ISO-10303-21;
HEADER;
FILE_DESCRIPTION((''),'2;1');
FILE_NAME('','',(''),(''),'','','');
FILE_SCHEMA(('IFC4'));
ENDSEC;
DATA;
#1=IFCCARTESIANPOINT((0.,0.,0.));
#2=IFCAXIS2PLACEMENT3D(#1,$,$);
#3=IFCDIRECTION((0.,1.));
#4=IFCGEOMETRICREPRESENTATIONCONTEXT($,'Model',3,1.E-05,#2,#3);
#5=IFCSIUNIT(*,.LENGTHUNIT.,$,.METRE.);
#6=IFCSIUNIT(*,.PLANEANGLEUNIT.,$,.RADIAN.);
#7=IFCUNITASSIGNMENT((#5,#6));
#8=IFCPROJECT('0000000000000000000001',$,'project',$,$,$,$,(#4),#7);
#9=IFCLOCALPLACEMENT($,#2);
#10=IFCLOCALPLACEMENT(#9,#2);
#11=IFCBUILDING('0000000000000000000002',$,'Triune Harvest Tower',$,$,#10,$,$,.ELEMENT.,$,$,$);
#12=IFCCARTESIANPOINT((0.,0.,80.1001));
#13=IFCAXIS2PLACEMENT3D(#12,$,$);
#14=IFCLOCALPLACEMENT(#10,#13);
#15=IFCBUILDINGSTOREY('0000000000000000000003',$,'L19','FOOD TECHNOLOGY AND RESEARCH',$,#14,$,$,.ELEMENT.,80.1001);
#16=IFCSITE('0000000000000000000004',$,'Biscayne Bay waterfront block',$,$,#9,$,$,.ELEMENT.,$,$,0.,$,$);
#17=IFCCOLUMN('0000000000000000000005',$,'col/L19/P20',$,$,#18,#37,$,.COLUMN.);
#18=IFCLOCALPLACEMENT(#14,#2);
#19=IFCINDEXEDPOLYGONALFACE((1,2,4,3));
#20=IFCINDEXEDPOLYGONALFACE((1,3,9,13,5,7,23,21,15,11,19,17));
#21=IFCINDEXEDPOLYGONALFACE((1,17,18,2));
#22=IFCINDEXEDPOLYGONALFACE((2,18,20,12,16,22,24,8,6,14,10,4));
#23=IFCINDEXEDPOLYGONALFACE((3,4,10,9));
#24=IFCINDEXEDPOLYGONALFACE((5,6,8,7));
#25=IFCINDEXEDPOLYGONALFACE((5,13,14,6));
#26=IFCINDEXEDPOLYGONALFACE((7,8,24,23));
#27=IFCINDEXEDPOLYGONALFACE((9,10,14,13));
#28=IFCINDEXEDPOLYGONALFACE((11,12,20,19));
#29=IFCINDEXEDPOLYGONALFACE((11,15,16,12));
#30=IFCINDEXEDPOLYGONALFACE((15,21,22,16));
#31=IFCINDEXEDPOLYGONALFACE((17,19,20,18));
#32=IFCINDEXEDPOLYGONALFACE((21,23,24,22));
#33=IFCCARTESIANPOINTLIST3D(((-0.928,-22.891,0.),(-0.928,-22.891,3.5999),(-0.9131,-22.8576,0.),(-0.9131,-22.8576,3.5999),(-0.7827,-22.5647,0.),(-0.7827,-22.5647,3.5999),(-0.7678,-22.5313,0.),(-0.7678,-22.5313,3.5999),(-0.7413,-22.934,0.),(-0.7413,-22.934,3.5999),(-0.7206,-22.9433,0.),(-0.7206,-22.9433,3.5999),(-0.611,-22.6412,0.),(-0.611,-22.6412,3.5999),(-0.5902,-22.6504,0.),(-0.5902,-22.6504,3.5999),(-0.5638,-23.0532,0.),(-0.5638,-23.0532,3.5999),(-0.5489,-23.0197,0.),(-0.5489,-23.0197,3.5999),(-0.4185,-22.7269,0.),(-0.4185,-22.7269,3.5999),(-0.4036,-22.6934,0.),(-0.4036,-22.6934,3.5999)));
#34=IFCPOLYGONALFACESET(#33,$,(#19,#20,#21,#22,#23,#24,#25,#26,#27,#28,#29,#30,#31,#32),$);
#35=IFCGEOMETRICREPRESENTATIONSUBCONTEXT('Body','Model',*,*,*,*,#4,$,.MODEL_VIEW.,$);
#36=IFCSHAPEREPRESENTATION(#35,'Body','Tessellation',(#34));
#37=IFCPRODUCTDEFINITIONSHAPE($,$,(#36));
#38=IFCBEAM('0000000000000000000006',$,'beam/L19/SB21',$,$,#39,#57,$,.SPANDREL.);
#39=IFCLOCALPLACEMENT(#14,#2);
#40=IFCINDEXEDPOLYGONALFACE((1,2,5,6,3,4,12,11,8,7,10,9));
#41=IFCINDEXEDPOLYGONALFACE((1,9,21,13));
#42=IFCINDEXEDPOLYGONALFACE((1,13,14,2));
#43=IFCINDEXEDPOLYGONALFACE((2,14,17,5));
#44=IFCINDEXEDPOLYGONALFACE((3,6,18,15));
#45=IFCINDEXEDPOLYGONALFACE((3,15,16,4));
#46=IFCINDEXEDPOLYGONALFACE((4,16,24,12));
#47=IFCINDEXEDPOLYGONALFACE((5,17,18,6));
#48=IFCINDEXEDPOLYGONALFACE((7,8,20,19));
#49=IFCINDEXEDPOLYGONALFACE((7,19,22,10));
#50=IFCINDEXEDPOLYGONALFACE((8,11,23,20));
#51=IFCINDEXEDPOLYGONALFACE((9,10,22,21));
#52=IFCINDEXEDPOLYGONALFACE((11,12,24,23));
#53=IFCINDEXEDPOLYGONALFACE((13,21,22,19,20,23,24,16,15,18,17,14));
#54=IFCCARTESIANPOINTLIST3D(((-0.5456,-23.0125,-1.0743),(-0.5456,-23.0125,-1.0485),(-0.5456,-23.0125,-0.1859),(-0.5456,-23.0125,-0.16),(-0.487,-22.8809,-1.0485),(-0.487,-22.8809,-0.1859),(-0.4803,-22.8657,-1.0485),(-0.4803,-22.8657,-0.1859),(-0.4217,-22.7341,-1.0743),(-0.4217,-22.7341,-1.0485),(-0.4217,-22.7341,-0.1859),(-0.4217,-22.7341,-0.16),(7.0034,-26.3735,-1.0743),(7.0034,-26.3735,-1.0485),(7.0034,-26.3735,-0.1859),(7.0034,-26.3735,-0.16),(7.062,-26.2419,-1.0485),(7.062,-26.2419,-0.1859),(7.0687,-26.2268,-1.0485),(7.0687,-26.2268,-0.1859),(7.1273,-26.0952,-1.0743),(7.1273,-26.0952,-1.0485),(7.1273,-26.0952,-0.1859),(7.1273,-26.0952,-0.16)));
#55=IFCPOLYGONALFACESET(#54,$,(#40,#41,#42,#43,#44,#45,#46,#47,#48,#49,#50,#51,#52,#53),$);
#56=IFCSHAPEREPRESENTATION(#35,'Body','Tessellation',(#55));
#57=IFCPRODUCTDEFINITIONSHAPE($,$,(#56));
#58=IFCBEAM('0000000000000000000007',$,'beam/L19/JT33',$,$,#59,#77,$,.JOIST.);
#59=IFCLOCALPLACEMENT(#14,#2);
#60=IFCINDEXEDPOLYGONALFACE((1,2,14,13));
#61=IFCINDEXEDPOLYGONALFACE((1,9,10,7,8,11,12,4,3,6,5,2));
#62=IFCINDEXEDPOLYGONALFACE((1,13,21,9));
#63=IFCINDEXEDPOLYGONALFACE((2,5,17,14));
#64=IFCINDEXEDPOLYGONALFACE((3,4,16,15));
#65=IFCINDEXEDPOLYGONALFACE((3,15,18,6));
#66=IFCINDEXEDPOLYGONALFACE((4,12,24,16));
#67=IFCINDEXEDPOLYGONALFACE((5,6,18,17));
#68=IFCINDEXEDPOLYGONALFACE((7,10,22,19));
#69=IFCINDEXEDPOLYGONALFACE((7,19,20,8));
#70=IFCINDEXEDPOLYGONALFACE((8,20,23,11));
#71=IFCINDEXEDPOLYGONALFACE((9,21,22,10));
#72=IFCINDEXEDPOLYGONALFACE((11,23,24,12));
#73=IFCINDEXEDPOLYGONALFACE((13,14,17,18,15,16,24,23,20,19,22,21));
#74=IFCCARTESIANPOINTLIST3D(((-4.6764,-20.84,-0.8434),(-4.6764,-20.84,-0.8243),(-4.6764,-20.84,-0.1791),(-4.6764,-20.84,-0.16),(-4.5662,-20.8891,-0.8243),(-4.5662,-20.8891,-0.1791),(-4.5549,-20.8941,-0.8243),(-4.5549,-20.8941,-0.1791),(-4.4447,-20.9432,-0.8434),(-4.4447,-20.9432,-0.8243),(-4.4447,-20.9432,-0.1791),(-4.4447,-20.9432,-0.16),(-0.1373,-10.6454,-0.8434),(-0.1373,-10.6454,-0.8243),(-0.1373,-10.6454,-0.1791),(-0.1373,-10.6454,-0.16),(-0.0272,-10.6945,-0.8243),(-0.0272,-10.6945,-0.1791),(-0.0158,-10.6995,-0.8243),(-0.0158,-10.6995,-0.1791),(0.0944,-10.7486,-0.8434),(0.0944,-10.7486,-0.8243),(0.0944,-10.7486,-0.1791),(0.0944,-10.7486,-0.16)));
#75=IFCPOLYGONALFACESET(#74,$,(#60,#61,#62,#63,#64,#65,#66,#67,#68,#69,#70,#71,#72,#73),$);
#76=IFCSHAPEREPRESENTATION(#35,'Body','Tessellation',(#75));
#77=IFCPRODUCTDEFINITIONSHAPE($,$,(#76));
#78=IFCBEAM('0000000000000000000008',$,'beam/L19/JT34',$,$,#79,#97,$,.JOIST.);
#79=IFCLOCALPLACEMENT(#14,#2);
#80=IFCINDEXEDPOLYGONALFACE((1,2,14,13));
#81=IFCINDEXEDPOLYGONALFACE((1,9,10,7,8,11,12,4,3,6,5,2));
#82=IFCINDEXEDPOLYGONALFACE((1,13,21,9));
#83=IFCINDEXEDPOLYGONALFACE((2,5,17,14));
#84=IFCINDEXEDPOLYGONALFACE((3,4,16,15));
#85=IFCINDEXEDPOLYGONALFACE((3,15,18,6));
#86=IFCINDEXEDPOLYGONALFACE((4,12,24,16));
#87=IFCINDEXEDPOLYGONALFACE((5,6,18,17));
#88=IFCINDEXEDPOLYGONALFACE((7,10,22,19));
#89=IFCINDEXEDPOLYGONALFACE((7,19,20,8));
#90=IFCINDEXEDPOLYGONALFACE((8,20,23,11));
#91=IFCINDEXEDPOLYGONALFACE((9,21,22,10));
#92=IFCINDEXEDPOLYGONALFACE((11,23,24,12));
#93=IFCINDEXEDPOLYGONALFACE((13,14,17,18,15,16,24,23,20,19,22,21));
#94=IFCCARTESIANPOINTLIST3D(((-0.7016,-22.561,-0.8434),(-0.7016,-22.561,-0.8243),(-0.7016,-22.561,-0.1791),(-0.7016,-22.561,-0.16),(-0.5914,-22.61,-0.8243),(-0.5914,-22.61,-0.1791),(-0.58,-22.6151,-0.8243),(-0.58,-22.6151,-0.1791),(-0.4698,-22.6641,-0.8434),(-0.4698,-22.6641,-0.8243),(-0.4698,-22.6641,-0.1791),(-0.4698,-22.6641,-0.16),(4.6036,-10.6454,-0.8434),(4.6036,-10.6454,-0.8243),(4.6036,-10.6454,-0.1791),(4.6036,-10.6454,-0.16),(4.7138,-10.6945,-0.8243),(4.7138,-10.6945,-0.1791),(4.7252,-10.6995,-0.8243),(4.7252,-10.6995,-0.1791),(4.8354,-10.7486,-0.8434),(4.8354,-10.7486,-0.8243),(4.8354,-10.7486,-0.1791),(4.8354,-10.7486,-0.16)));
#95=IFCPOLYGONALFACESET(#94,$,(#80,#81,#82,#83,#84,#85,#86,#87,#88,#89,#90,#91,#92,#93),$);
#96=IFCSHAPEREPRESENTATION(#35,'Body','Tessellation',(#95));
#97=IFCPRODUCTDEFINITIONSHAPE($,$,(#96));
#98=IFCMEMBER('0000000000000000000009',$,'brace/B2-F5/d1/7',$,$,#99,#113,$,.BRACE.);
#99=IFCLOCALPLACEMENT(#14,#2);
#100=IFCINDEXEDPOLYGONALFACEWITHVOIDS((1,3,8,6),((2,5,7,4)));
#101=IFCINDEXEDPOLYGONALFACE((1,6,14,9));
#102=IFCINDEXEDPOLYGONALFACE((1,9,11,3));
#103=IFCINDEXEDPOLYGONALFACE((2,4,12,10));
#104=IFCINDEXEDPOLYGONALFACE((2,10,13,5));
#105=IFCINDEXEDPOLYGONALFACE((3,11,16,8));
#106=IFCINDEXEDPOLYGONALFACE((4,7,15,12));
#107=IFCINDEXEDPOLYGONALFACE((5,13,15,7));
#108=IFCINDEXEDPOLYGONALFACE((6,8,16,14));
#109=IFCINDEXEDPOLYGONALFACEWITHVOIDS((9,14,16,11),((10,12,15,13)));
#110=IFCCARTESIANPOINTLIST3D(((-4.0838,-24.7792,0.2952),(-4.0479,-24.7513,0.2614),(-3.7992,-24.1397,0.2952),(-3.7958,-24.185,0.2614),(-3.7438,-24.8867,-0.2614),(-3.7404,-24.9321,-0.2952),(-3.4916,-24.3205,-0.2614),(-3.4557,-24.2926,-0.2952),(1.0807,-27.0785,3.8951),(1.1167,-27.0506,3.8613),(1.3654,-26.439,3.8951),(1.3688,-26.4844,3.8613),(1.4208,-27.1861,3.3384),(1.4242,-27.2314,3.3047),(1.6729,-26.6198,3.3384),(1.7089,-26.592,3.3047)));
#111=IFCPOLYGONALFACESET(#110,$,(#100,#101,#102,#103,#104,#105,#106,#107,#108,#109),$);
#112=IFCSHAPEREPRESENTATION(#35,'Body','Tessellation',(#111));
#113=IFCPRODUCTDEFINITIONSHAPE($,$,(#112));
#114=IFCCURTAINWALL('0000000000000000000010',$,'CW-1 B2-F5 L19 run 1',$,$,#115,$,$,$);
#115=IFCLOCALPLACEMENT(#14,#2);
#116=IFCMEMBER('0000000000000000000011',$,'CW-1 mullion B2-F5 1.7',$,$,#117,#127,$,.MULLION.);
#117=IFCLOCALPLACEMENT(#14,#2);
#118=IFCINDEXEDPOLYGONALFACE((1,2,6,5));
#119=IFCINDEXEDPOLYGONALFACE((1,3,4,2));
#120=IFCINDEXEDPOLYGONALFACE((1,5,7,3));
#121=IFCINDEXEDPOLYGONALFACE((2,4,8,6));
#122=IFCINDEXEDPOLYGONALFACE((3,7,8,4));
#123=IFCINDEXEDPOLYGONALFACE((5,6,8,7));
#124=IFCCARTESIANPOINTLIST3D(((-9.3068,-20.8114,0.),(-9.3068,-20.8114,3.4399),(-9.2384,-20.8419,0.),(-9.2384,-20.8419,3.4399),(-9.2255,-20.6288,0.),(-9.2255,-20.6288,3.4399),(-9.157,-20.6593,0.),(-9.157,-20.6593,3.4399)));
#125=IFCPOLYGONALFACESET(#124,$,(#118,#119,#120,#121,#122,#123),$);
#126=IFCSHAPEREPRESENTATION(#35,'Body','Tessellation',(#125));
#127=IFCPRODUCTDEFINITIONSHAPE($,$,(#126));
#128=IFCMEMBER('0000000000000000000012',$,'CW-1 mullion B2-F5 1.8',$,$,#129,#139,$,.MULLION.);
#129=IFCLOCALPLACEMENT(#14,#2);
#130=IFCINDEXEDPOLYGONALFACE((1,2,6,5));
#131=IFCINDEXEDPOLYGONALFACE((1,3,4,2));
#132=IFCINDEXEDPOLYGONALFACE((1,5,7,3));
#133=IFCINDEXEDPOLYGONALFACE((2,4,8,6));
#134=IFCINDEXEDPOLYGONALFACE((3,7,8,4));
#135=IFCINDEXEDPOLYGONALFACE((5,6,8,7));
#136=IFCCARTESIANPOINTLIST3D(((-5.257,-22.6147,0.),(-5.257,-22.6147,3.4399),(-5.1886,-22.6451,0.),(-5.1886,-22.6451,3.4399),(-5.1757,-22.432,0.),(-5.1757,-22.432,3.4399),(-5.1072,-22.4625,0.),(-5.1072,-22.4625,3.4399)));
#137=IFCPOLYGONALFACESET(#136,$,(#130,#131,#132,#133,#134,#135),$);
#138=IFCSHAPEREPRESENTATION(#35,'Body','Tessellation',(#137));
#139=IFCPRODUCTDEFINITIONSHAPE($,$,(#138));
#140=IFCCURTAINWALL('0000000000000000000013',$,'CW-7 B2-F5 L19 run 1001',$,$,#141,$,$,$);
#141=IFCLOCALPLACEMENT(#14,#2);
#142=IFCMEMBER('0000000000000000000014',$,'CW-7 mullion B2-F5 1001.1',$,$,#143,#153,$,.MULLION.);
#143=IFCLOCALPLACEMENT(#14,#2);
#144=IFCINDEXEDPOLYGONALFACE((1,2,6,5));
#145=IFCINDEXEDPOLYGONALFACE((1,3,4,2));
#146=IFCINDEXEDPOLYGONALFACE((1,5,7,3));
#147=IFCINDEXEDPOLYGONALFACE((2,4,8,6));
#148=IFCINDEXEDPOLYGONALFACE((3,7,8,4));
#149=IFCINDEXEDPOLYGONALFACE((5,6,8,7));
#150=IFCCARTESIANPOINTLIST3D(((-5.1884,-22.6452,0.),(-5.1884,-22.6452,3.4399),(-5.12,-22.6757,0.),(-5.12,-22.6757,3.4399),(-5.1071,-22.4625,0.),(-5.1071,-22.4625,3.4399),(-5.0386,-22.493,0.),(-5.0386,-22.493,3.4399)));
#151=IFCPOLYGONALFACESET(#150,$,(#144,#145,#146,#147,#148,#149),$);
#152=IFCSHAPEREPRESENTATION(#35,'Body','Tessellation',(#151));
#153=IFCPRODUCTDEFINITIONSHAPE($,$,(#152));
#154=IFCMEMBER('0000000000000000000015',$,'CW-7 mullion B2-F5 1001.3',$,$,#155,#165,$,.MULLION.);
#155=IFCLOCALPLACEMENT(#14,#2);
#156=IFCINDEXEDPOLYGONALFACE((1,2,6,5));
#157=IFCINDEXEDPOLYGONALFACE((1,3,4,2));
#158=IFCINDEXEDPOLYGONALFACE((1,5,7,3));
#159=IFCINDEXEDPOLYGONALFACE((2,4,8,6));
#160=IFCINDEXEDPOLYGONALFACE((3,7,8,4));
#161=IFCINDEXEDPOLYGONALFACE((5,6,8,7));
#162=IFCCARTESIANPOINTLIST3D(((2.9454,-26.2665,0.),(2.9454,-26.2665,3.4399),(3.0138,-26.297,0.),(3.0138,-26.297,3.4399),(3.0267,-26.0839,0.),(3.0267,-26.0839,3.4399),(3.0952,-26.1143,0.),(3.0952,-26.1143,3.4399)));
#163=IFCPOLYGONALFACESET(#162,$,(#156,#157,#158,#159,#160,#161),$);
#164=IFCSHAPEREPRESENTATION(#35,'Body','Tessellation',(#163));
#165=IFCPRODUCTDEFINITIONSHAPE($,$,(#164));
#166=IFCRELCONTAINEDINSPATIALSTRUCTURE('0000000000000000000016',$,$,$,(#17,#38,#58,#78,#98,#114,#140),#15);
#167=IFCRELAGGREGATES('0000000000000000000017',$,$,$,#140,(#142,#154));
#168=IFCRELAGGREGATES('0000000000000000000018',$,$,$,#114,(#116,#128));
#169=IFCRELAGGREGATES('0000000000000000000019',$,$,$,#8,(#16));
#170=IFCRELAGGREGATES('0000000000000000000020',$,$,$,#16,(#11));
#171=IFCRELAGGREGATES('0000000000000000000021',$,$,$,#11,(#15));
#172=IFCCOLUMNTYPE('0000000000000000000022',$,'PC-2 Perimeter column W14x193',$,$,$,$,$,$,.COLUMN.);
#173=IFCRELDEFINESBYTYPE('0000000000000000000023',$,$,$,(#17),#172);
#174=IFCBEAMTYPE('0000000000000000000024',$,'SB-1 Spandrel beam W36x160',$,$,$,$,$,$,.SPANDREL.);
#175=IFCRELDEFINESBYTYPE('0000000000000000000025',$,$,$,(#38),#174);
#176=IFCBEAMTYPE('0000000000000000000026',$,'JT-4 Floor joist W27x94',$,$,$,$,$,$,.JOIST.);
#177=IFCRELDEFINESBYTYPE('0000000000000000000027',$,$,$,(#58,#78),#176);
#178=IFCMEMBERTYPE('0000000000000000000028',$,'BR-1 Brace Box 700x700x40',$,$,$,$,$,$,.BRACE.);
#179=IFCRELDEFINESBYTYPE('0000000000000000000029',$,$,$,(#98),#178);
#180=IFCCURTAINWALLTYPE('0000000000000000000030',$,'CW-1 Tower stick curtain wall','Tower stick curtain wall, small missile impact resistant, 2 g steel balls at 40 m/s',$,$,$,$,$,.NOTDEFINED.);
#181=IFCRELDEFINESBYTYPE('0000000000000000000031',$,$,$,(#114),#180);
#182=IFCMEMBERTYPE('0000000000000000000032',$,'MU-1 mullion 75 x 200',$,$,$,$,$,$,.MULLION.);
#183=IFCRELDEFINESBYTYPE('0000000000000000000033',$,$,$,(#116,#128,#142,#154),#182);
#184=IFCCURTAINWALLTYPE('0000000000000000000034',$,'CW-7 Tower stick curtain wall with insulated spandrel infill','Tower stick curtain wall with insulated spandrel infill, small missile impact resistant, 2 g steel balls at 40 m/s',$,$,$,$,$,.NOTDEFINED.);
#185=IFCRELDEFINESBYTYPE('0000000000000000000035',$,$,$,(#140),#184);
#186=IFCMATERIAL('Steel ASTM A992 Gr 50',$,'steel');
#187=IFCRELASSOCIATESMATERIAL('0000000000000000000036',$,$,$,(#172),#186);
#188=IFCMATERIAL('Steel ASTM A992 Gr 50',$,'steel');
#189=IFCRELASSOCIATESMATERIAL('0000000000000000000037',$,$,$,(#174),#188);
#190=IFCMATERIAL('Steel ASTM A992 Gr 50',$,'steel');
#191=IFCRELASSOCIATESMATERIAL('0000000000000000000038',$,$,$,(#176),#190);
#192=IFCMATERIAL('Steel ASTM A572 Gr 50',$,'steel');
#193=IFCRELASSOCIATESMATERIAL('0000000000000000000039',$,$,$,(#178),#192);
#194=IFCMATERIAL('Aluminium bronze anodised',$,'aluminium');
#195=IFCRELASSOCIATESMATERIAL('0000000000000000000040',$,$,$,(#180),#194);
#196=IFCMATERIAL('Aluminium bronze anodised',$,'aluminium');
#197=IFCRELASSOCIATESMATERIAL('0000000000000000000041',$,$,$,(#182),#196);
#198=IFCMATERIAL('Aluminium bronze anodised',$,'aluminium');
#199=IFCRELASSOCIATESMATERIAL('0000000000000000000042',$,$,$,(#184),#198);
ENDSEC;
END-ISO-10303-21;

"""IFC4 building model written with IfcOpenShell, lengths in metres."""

from ifc_helpers import new_model, si_unit, direction, frame, origin, origin_2d, place, context, subcontext, project, spatial, rectangle, hollow_rectangle, i_section, extrude, source, transform, mapped, material, material_profile, profile_set, type_object, element, aggregate, save


model = new_model("IFC4")

# Units and contexts
model_context = context("Model", 3, precision=1e-05, world=origin(), true_north=direction((0.0, 1.0)))
body_context = subcontext(model_context, "Body", "Model", "MODEL_VIEW")
ifc_project = project(units=[si_unit("LENGTHUNIT", "METRE"), si_unit("PLANEANGLEUNIT", "RADIAN")], contexts=[model_context])

# Site, building, storey
site_placement = place(None, origin())
site = spatial("IfcSite", under=ifc_project, at=site_placement, Name="Biscayne Bay waterfront block", CompositionType="ELEMENT", RefElevation=0.0)
building_placement = place(site_placement, origin())
building = spatial("IfcBuilding", under=site, at=building_placement, Name="Triune Harvest Tower", CompositionType="ELEMENT")
storey_placement = place(building_placement, frame((0.0, 0.0, 80.1001)))
storey = spatial("IfcBuildingStorey", under=building, at=storey_placement, Name="L19", Description="FOOD TECHNOLOGY AND RESEARCH", CompositionType="ELEMENT", Elevation=80.1001)

# Column
ifc_material_1 = material(Name="Steel ASTM A992 Gr 50", Category="steel")
ifc_material_profile_1 = material_profile(ifc_material_1, i_section(OverallWidth=0.3987, OverallDepth=0.3938, WebThickness=0.0227, FlangeThickness=0.0366, at=origin_2d()), Name="W14x193")
ifc_profile_set_1 = profile_set([ifc_material_profile_1], Name="Steel ASTM A992 Gr 50")
column_type = type_object("IfcColumnType", Name="PC-2 Perimeter column W14x193", PredefinedType="COLUMN", material=ifc_profile_set_1)
shared_shape_1 = source(origin(), body_context, "Body", "SweptSolid", [
    extrude(i_section(OverallWidth=0.3987, OverallDepth=0.3938, WebThickness=0.0227, FlangeThickness=0.0366, at=origin_2d()), origin(), (0.0, 0.0, 1.0), 3.5999),
])
column_placement = place(storey_placement, frame((-0.6658, -22.7922, 0.0), z_axis=(0.0, 0.0, 1.0), x_axis=(0.913545, -0.406737, 0.0)))
element("IfcColumn", 1, at=column_placement, inside=storey, type_object=column_type, Name="col/L19/P20", PredefinedType="COLUMN", context=body_context, shape_type="MappedRepresentation", body=[
    mapped(shared_shape_1, transform((0.0, 0.0, 0.0), scale=1.0)),
])

# Beams
ifc_material_2 = material(Name="Steel ASTM A992 Gr 50", Category="steel")
ifc_material_profile_2 = material_profile(ifc_material_2, i_section(OverallWidth=0.3047, OverallDepth=0.9143, WebThickness=0.0166, FlangeThickness=0.0259, at=origin_2d()), Name="W36x160")
ifc_profile_set_2 = profile_set([ifc_material_profile_2], Name="Steel ASTM A992 Gr 50")
beam_type_1 = type_object("IfcBeamType", Name="SB-1 Spandrel beam W36x160", PredefinedType="SPANDREL", material=ifc_profile_set_2)
shared_shape_2 = source(origin(), body_context, "Body", "SweptSolid", [
    extrude(i_section(OverallWidth=0.3047, OverallDepth=0.9143, WebThickness=0.0166, FlangeThickness=0.0259, at=origin_2d()), origin(), (0.0, 0.0, 1.0), 8.2634),
])
beam_1_placement = place(storey_placement, frame((-0.4836, -22.8733, -0.6172), z_axis=(0.913545, -0.406739, 0.0), x_axis=(0.406739, 0.913545, 0.0)))
element("IfcBeam", 2, at=beam_1_placement, inside=storey, type_object=beam_type_1, Name="beam/L19/SB21", PredefinedType="SPANDREL", context=body_context, shape_type="MappedRepresentation", body=[
    mapped(shared_shape_2, transform((0.0, 0.0, 0.0), scale=1.0)),
])
ifc_material_3 = material(Name="Steel ASTM A992 Gr 50", Category="steel")
ifc_material_profile_3 = material_profile(ifc_material_3, i_section(OverallWidth=0.2537, OverallDepth=0.6833, WebThickness=0.0125, FlangeThickness=0.019, at=origin_2d()), Name="W27x94")
ifc_profile_set_3 = profile_set([ifc_material_profile_3], Name="Steel ASTM A992 Gr 50")
beam_type_2 = type_object("IfcBeamType", Name="JT-4 Floor joist W27x94", PredefinedType="JOIST", material=ifc_profile_set_3)
shared_shape_3 = source(origin(), body_context, "Body", "SweptSolid", [
    extrude(i_section(OverallWidth=0.2537, OverallDepth=0.6833, WebThickness=0.0125, FlangeThickness=0.019, at=origin_2d()), origin(), (0.0, 0.0, 1.0), 11.1594),
])
beam_2_placement = place(storey_placement, frame((-4.5605, -20.8916, -0.5017), z_axis=(0.406747, 0.913541, 0.0), x_axis=(-0.913541, 0.406747, 0.0)))
element("IfcBeam", 3, at=beam_2_placement, inside=storey, type_object=beam_type_2, Name="beam/L19/JT33", PredefinedType="JOIST", context=body_context, shape_type="MappedRepresentation", body=[
    mapped(shared_shape_3, transform((0.0, 0.0, 0.0), scale=1.0)),
])
shared_shape_4 = source(origin(), body_context, "Body", "SweptSolid", [
    extrude(i_section(OverallWidth=0.2537, OverallDepth=0.6833, WebThickness=0.0125, FlangeThickness=0.019, at=origin_2d()), origin(), (0.0, 0.0, 1.0), 13.0432),
])
beam_3_placement = place(storey_placement, frame((-0.5857, -22.6125, -0.5017), z_axis=(0.406739, 0.913544, 0.0), x_axis=(-0.913544, 0.406739, 0.0)))
element("IfcBeam", 4, at=beam_3_placement, inside=storey, type_object=beam_type_2, Name="beam/L19/JT34", PredefinedType="JOIST", context=body_context, shape_type="MappedRepresentation", body=[
    mapped(shared_shape_4, transform((0.0, 0.0, 0.0), scale=1.0)),
])

# Member
ifc_material_4 = material(Name="Steel ASTM A572 Gr 50", Category="steel")
ifc_material_profile_4 = material_profile(ifc_material_4, hollow_rectangle(XDim=0.7, YDim=0.7, WallThickness=0.04, at=origin_2d()), Name="Box 700x700x40")
ifc_profile_set_4 = profile_set([ifc_material_profile_4], Name="Steel ASTM A572 Gr 50")
member_type_1 = type_object("IfcMemberType", Name="BR-1 Brace Box 700x700x40", PredefinedType="BRACE", material=ifc_profile_set_4)
shared_shape_5 = source(origin(), body_context, "Body", "SweptSolid", [
    extrude(hollow_rectangle(XDim=0.7, YDim=0.7, WallThickness=0.04, at=origin_2d()), origin(), (0.0, 0.0, 1.0), 6.7021),
])
member_1_placement = place(storey_placement, frame((-3.7698, -24.5359, 0.0), z_axis=(0.770585, -0.343073, 0.537122), x_axis=(0.406723, 0.913551, 0.0)))
element("IfcMember", 5, at=member_1_placement, inside=storey, type_object=member_type_1, Name="brace/B2-F5/d1/7", PredefinedType="BRACE", context=body_context, shape_type="MappedRepresentation", body=[
    mapped(shared_shape_5, transform((0.0, 0.0, 0.0), scale=1.0)),
])

# Curtain walls, members
ifc_material_5 = material(Name="Aluminium bronze anodised", Category="aluminium")
curtain_wall_type_1 = type_object("IfcCurtainWallType", Name="CW-1 Tower stick curtain wall", Description="Tower stick curtain wall, small missile impact resistant, 2 g steel balls at 40 m/s", PredefinedType="NOTDEFINED", material=ifc_material_5)
curtain_wall_1_placement = place(storey_placement, origin())
curtain_wall_1 = element("IfcCurtainWall", 6, at=curtain_wall_1_placement, inside=storey, type_object=curtain_wall_type_1, Name="CW-1 B2-F5 L19 run 1")
ifc_material_6 = material(Name="Aluminium bronze anodised", Category="aluminium")
ifc_material_profile_5 = material_profile(ifc_material_6, rectangle(XDim=0.2, YDim=0.075, at=origin_2d()), Name="MU-1 mullion 75 x 200")
ifc_profile_set_5 = profile_set([ifc_material_profile_5], Name="Aluminium bronze anodised")
member_type_2 = type_object("IfcMemberType", Name="MU-1 mullion 75 x 200", PredefinedType="MULLION", material=ifc_profile_set_5)
shared_shape_6 = source(origin(), body_context, "Body", "SweptSolid", [
    extrude(rectangle(XDim=0.2, YDim=0.075, at=origin_2d()), origin(), (0.0, 0.0, 1.0), 3.4399),
])
member_2_placement = place(storey_placement, frame((-9.2319, -20.7354, 0.0), z_axis=(0.0, 0.0, 1.0), x_axis=(0.406736, 0.913546, 0.0)))
member_2 = element("IfcMember", 7, at=member_2_placement, type_object=member_type_2, Name="CW-1 mullion B2-F5 1.7", PredefinedType="MULLION", context=body_context, shape_type="MappedRepresentation", body=[
    mapped(shared_shape_6, transform((0.0, 0.0, 0.0), scale=1.0)),
])
member_3_placement = place(storey_placement, frame((-5.1821, -22.5386, 0.0), z_axis=(0.0, 0.0, 1.0), x_axis=(0.406736, 0.913546, 0.0)))
member_3 = element("IfcMember", 8, at=member_3_placement, type_object=member_type_2, Name="CW-1 mullion B2-F5 1.8", PredefinedType="MULLION", context=body_context, shape_type="MappedRepresentation", body=[
    mapped(shared_shape_6, transform((0.0, 0.0, 0.0), scale=1.0)),
])
ifc_material_7 = material(Name="Aluminium bronze anodised", Category="aluminium")
curtain_wall_type_2 = type_object("IfcCurtainWallType", Name="CW-7 Tower stick curtain wall with insulated spandrel infill", Description="Tower stick curtain wall with insulated spandrel infill, small missile impact resistant, 2 g steel balls at 40 m/s", PredefinedType="NOTDEFINED", material=ifc_material_7)
curtain_wall_2_placement = place(storey_placement, origin())
curtain_wall_2 = element("IfcCurtainWall", 9, at=curtain_wall_2_placement, inside=storey, type_object=curtain_wall_type_2, Name="CW-7 B2-F5 L19 run 1001")
member_4_placement = place(storey_placement, frame((-5.1135, -22.5691, 0.0), z_axis=(0.0, 0.0, 1.0), x_axis=(0.406741, 0.913544, 0.0)))
member_4 = element("IfcMember", 10, at=member_4_placement, type_object=member_type_2, Name="CW-7 mullion B2-F5 1001.1", PredefinedType="MULLION", context=body_context, shape_type="MappedRepresentation", body=[
    mapped(shared_shape_6, transform((0.0, 0.0, 0.0), scale=1.0)),
])
member_5_placement = place(storey_placement, frame((3.0203, -26.1904, 0.0), z_axis=(0.0, 0.0, 1.0), x_axis=(0.406741, 0.913544, 0.0)))
member_5 = element("IfcMember", 11, at=member_5_placement, type_object=member_type_2, Name="CW-7 mullion B2-F5 1001.3", PredefinedType="MULLION", context=body_context, shape_type="MappedRepresentation", body=[
    mapped(shared_shape_6, transform((0.0, 0.0, 0.0), scale=1.0)),
])

aggregate(curtain_wall_2, [member_4, member_5])
aggregate(curtain_wall_1, [member_2, member_3])

save(model, "model.ifc")
